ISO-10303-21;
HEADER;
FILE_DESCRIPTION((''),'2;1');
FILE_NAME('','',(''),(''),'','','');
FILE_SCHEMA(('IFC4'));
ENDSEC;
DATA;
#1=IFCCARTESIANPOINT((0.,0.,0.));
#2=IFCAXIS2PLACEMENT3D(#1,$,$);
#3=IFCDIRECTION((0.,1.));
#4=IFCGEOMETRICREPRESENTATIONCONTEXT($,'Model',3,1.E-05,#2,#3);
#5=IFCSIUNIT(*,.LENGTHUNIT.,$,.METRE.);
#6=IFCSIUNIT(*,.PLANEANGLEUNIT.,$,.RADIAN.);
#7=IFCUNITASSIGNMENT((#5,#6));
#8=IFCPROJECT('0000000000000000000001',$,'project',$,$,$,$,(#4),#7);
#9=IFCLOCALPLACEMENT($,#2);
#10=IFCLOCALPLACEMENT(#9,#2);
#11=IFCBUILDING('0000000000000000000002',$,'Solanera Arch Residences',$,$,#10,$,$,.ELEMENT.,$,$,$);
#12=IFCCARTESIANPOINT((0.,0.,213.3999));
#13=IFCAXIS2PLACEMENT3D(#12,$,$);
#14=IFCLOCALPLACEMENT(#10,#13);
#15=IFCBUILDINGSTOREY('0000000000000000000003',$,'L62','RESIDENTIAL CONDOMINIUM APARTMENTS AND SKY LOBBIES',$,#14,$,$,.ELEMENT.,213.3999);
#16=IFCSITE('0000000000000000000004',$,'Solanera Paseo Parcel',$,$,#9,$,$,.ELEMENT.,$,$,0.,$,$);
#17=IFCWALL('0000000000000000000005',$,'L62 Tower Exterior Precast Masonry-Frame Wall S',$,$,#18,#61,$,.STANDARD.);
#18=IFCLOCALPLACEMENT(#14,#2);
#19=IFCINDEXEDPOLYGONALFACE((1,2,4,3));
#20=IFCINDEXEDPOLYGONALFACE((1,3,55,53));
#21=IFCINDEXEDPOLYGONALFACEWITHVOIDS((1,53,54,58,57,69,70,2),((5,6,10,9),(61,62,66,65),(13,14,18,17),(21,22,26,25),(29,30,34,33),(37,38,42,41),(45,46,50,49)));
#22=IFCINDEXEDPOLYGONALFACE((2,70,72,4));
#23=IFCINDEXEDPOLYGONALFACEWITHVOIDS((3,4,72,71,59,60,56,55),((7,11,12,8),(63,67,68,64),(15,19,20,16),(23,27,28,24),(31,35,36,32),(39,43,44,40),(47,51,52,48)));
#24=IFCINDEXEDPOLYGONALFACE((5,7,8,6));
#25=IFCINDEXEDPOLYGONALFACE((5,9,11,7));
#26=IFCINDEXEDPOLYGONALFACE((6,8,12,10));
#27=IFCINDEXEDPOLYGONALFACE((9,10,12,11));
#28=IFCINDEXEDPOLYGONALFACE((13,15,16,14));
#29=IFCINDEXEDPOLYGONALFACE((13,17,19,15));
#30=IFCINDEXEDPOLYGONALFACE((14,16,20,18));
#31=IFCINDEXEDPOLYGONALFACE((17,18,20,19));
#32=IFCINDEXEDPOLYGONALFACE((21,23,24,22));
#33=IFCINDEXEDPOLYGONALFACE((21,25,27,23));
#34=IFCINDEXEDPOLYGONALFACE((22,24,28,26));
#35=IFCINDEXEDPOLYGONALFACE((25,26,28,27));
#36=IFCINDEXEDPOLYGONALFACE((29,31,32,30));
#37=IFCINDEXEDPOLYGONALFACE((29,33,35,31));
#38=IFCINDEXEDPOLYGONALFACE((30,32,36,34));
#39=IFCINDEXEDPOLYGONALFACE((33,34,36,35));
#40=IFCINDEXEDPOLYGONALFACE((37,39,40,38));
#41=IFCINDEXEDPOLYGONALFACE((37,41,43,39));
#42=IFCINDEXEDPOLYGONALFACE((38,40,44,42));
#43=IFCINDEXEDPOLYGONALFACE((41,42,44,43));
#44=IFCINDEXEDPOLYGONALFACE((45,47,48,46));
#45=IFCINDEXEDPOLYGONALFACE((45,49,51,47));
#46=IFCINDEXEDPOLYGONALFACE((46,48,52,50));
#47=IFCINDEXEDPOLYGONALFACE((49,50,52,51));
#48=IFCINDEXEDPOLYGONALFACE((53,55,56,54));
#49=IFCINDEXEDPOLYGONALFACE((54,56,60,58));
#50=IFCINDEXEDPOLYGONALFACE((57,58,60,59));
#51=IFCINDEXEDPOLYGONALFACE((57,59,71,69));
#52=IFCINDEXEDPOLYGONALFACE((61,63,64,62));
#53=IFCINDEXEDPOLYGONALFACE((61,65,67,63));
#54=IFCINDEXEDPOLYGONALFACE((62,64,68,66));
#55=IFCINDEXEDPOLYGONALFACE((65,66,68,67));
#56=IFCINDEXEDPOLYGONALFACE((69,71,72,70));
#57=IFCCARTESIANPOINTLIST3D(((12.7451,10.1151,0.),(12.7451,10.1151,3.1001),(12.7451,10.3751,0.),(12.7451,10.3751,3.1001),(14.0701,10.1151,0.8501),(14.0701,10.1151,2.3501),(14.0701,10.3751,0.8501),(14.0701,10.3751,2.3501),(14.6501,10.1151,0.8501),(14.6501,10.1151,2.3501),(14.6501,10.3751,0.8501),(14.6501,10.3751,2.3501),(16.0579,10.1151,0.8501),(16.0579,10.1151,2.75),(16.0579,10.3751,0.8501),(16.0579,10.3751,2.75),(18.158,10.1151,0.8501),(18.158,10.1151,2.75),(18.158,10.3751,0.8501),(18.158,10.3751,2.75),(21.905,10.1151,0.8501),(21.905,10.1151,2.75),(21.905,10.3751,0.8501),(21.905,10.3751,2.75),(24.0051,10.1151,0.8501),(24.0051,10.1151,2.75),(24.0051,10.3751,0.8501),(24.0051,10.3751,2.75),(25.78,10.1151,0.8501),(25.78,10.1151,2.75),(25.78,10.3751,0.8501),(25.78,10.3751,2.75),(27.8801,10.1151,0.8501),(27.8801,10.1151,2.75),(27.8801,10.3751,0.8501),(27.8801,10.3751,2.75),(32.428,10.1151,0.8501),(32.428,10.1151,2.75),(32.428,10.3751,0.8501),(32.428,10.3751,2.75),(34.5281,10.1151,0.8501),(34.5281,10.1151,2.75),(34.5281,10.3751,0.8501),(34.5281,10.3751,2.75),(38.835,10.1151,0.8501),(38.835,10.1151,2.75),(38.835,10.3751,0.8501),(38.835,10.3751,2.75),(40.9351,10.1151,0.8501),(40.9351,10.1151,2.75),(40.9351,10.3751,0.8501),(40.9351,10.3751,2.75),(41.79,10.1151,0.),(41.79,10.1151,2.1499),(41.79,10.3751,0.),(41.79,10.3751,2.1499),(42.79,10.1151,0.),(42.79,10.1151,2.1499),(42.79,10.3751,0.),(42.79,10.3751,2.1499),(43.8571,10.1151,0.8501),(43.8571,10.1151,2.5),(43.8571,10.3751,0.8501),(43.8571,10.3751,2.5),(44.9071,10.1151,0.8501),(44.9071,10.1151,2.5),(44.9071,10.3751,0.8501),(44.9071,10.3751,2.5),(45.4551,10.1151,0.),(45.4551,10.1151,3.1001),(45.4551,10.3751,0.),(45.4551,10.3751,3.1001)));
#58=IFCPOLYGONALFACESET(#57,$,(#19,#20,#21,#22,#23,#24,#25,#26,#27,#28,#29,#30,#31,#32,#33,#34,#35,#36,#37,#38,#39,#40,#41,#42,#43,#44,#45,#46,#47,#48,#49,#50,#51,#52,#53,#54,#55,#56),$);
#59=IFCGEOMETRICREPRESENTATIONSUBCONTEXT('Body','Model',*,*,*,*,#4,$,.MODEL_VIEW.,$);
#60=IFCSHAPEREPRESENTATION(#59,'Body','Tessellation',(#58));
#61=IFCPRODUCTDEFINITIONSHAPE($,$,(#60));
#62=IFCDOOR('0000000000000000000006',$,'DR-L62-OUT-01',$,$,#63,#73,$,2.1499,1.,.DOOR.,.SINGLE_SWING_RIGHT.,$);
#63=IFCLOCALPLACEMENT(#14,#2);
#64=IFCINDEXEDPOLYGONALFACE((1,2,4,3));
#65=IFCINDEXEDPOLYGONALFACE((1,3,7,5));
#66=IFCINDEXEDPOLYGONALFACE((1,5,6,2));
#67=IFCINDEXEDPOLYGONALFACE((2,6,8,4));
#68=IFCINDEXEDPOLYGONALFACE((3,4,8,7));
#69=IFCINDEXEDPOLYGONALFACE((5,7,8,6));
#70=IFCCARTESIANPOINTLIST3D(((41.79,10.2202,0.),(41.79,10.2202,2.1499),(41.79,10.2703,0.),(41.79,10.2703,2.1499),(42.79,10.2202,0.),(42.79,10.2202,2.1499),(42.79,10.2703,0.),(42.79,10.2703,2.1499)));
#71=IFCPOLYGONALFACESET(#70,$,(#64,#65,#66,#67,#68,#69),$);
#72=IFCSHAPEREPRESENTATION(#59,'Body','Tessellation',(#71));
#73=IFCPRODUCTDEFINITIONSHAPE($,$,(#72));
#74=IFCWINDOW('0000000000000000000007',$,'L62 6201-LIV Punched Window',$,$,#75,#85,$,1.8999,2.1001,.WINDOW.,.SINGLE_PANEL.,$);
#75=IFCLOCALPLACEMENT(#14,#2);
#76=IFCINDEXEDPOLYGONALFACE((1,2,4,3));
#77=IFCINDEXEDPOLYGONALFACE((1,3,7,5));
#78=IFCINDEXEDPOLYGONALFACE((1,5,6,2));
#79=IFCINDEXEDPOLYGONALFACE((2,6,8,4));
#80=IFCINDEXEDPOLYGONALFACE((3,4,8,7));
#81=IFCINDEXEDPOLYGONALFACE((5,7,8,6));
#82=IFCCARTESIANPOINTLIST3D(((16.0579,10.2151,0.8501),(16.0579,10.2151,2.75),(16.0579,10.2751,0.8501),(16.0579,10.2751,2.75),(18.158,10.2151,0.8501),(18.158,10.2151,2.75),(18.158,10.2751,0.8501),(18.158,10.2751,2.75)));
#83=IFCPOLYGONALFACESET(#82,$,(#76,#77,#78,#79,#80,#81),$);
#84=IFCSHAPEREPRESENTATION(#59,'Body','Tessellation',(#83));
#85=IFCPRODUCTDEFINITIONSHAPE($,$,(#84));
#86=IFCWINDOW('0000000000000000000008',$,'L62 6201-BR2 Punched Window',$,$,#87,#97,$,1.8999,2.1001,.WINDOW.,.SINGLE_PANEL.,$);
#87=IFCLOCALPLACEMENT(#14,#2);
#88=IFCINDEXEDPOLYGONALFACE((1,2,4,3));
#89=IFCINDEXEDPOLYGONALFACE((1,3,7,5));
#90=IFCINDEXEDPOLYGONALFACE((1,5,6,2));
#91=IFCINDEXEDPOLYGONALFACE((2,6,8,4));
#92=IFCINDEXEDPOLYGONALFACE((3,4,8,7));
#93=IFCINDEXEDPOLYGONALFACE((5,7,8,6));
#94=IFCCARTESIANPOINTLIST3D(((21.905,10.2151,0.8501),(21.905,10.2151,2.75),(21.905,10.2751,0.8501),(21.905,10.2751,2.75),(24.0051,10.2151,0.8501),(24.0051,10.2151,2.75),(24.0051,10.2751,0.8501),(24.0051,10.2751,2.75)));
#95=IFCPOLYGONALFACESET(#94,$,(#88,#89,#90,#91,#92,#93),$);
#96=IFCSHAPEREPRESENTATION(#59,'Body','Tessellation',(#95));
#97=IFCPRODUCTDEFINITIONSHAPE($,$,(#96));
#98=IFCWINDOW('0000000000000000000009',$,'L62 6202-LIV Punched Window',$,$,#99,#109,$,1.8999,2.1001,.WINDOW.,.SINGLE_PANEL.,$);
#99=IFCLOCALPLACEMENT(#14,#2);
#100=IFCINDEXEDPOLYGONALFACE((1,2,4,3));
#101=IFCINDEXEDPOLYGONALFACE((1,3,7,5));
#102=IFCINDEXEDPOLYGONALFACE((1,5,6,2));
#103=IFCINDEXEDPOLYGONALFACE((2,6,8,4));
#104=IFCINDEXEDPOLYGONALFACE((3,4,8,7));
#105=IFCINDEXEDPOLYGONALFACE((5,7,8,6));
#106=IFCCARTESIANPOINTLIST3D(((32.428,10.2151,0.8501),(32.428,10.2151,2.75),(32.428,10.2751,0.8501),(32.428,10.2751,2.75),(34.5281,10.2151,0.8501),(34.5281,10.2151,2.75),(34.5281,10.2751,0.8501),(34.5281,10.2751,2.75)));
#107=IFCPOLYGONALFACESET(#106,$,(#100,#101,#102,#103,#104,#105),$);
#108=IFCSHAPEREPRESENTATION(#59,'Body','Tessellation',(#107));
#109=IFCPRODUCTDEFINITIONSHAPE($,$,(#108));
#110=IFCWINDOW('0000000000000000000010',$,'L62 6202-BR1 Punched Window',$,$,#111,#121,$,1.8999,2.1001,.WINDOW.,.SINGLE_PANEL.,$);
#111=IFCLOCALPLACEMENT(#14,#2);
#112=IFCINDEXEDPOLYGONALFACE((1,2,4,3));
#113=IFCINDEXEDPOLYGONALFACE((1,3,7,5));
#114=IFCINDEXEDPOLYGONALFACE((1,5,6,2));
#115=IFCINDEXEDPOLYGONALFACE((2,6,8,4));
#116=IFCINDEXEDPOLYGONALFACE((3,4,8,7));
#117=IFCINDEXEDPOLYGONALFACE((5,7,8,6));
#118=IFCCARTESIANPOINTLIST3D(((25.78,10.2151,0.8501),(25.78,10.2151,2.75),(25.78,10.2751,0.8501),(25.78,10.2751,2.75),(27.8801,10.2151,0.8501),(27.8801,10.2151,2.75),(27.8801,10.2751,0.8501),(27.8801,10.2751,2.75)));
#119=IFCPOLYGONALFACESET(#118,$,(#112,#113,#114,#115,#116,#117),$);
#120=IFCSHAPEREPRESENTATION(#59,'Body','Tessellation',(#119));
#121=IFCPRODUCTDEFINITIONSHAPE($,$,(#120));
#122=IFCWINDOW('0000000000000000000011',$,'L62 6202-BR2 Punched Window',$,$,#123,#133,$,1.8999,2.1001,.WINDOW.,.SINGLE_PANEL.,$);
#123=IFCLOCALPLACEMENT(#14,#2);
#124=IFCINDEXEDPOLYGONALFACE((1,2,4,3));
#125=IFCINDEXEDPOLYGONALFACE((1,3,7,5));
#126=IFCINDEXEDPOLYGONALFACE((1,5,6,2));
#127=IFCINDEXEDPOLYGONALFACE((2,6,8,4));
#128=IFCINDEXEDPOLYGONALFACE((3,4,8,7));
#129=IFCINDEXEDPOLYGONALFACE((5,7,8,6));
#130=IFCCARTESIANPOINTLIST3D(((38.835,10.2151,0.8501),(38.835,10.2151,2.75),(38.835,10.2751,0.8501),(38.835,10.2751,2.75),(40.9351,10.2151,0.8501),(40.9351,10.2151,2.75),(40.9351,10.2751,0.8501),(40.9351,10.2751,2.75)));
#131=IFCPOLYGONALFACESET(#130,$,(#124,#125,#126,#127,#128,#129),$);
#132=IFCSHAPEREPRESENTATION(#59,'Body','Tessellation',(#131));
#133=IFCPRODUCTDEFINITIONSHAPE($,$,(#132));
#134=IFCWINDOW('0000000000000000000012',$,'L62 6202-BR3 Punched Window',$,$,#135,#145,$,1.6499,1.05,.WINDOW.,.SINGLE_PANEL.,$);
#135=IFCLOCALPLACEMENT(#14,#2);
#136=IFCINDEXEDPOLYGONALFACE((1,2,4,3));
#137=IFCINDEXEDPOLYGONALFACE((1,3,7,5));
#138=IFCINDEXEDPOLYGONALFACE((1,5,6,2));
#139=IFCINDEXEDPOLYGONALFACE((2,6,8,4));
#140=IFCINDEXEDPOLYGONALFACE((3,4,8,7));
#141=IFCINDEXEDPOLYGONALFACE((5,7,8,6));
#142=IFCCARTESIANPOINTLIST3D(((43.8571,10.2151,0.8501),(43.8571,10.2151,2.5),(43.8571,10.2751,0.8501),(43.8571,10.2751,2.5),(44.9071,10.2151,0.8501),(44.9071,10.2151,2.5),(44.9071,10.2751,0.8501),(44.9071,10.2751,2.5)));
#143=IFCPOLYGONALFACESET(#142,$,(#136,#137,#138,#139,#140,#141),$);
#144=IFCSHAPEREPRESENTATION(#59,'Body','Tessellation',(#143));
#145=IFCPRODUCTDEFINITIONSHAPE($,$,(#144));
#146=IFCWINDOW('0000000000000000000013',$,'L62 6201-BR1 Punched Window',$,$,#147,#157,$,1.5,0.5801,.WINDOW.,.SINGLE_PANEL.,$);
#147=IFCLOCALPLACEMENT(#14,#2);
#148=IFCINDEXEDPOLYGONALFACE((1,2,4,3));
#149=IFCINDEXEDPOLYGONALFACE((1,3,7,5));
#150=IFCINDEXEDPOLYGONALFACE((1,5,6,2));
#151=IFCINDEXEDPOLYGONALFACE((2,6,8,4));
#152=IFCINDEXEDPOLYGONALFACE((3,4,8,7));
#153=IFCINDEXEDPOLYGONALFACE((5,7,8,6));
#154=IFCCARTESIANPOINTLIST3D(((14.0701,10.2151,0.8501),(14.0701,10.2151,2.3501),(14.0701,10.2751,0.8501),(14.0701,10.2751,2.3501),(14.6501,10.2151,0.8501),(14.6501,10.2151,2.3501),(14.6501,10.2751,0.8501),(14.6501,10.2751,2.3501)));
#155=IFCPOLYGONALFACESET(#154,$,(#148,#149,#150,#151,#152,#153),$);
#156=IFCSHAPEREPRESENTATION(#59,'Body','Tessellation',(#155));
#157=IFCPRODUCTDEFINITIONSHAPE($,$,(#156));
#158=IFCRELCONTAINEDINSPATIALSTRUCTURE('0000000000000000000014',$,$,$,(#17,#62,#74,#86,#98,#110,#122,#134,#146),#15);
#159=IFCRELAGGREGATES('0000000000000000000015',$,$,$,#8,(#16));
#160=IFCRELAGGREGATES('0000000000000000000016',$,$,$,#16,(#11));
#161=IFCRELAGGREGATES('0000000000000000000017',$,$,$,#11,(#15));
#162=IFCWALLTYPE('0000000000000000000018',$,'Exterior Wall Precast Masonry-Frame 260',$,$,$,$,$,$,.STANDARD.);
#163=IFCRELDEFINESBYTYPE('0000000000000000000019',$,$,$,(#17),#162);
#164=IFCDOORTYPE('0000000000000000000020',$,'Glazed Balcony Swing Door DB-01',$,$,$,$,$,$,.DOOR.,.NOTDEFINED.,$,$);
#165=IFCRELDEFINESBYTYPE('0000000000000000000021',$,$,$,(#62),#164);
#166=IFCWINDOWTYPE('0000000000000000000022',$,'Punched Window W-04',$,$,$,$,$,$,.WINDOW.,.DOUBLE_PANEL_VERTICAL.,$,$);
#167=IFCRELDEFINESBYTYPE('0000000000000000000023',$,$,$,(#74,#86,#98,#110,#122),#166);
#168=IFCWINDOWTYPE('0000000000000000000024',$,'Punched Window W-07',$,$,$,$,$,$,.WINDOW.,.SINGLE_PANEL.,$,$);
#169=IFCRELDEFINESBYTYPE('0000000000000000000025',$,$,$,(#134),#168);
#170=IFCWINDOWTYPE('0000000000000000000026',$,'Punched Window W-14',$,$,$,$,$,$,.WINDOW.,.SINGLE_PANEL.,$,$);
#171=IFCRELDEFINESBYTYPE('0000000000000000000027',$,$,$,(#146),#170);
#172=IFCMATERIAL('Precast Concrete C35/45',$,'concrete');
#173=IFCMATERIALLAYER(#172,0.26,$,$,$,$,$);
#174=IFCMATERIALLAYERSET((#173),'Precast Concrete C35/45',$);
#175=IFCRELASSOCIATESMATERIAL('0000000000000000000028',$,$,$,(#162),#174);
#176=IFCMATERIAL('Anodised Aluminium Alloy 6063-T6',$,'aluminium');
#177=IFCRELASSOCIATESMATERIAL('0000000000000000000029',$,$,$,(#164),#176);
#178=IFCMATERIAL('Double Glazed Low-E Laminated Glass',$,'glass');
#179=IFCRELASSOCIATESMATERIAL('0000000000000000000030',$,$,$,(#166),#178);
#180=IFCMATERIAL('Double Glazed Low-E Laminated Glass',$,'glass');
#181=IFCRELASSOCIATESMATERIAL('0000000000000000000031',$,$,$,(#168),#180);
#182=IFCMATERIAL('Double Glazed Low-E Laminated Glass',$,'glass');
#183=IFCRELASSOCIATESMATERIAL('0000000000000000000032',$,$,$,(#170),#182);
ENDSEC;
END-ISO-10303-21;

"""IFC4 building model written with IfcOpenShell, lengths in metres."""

from ifc_helpers import new_model, si_unit, direction, frame, frame_2d, origin, place, context, subcontext, project, spatial, rectangle, extrude, material, layer, layer_set, type_object, element, fill, save


model = new_model("IFC4")

# Units and contexts
model_context = context("Model", 3, precision=1e-05, world=origin(), true_north=direction((0.0, 1.0)))
body_context = subcontext(model_context, "Body", "Model", "MODEL_VIEW")
ifc_project = project(units=[si_unit("LENGTHUNIT", "METRE"), si_unit("PLANEANGLEUNIT", "RADIAN")], contexts=[model_context])

# Site, building, storey
site_placement = place(None, origin())
site = spatial("IfcSite", under=ifc_project, at=site_placement, Name="Solanera Paseo Parcel", CompositionType="ELEMENT", RefElevation=0.0)
building_placement = place(site_placement, origin())
building = spatial("IfcBuilding", under=site, at=building_placement, Name="Solanera Arch Residences", CompositionType="ELEMENT")
storey_placement = place(building_placement, frame((0.0, 0.0, 213.3999)))
storey = spatial("IfcBuildingStorey", under=building, at=storey_placement, Name="L62", Description="RESIDENTIAL CONDOMINIUM APARTMENTS AND SKY LOBBIES", CompositionType="ELEMENT", Elevation=213.3999)

# Shared definitions
ifc_material_1 = material(Name="Precast Concrete C35/45", Category="concrete")
ifc_layer_1 = layer(ifc_material_1, 0.26)
ifc_layer_set_1 = layer_set([ifc_layer_1], Name="Precast Concrete C35/45")
wall_type_1 = type_object("IfcWallType", Name="Exterior Wall Precast Masonry-Frame 260", PredefinedType="STANDARD", material=ifc_layer_set_1)

# Wall, openings, door, windows
wall_1_placement = place(storey_placement, frame((45.4551, 10.2451, 0.0), z_axis=(0.0, 0.0, 1.0), x_axis=(-1.0, 0.0, 0.0)))
wall_1 = element("IfcWall", 1, at=wall_1_placement, inside=storey, type_object=wall_type_1, Name="L62 Tower Exterior Precast Masonry-Frame Wall S", PredefinedType="STANDARD", context=body_context, shape_type="SweptSolid", body=[
    extrude(rectangle(XDim=32.71, YDim=0.26, at=frame_2d((16.355, 0.0))), origin(), (0.0, 0.0, 1.0), 3.1001),
])
opening_1_placement = place(wall_1_placement, frame((2.665, 0.0, 0.0)))
opening_1 = element("IfcOpeningElement", 2, at=opening_1_placement, cuts=wall_1, PredefinedType="OPENING", context=body_context, shape_type="SweptSolid", body=[
    extrude(rectangle(XDim=1.0, YDim=2.1499, at=frame_2d((0.5, 1.075))), frame((0.0, 0.1399, 0.0), z_axis=(0.0, -1.0, 0.0), x_axis=(1.0, 0.0, 0.0)), (0.0, 0.0, 1.0), 0.28),
])
opening_2_placement = place(wall_1_placement, frame((27.2971, 0.0, 0.8501)))
opening_2 = element("IfcOpeningElement", 3, at=opening_2_placement, cuts=wall_1, PredefinedType="OPENING", context=body_context, shape_type="SweptSolid", body=[
    extrude(rectangle(XDim=2.1001, YDim=1.8999, at=frame_2d((1.05, 0.95))), frame((0.0, 0.1399, 0.0), z_axis=(0.0, -1.0, 0.0), x_axis=(1.0, 0.0, 0.0)), (0.0, 0.0, 1.0), 0.28),
])
opening_3_placement = place(wall_1_placement, frame((30.8049, 0.0, 0.8501)))
opening_3 = element("IfcOpeningElement", 4, at=opening_3_placement, cuts=wall_1, PredefinedType="OPENING", context=body_context, shape_type="SweptSolid", body=[
    extrude(rectangle(XDim=0.5801, YDim=1.5, at=frame_2d((0.29, 0.75))), frame((0.0, 0.1399, 0.0), z_axis=(0.0, -1.0, 0.0), x_axis=(1.0, 0.0, 0.0)), (0.0, 0.0, 1.0), 0.28),
])
opening_4_placement = place(wall_1_placement, frame((21.45, 0.0, 0.8501)))
opening_4 = element("IfcOpeningElement", 5, at=opening_4_placement, cuts=wall_1, PredefinedType="OPENING", context=body_context, shape_type="SweptSolid", body=[
    extrude(rectangle(XDim=2.1001, YDim=1.8999, at=frame_2d((1.05, 0.95))), frame((0.0, 0.1399, 0.0), z_axis=(0.0, -1.0, 0.0), x_axis=(1.0, 0.0, 0.0)), (0.0, 0.0, 1.0), 0.28),
])
opening_5_placement = place(wall_1_placement, frame((10.927, 0.0, 0.8501)))
opening_5 = element("IfcOpeningElement", 6, at=opening_5_placement, cuts=wall_1, PredefinedType="OPENING", context=body_context, shape_type="SweptSolid", body=[
    extrude(rectangle(XDim=2.1001, YDim=1.8999, at=frame_2d((1.05, 0.95))), frame((0.0, 0.1399, 0.0), z_axis=(0.0, -1.0, 0.0), x_axis=(1.0, 0.0, 0.0)), (0.0, 0.0, 1.0), 0.28),
])
opening_6_placement = place(wall_1_placement, frame((17.575, 0.0, 0.8501)))
opening_6 = element("IfcOpeningElement", 7, at=opening_6_placement, cuts=wall_1, PredefinedType="OPENING", context=body_context, shape_type="SweptSolid", body=[
    extrude(rectangle(XDim=2.1001, YDim=1.8999, at=frame_2d((1.05, 0.95))), frame((0.0, 0.1399, 0.0), z_axis=(0.0, -1.0, 0.0), x_axis=(1.0, 0.0, 0.0)), (0.0, 0.0, 1.0), 0.28),
])
opening_7_placement = place(wall_1_placement, frame((4.52, 0.0, 0.8501)))
opening_7 = element("IfcOpeningElement", 8, at=opening_7_placement, cuts=wall_1, PredefinedType="OPENING", context=body_context, shape_type="SweptSolid", body=[
    extrude(rectangle(XDim=2.1001, YDim=1.8999, at=frame_2d((1.05, 0.95))), frame((0.0, 0.1399, 0.0), z_axis=(0.0, -1.0, 0.0), x_axis=(1.0, 0.0, 0.0)), (0.0, 0.0, 1.0), 0.28),
])
opening_8_placement = place(wall_1_placement, frame((0.5481, 0.0, 0.8501)))
opening_8 = element("IfcOpeningElement", 9, at=opening_8_placement, cuts=wall_1, PredefinedType="OPENING", context=body_context, shape_type="SweptSolid", body=[
    extrude(rectangle(XDim=1.05, YDim=1.6499, at=frame_2d((0.5249, 0.825))), frame((0.0, 0.1399, 0.0), z_axis=(0.0, -1.0, 0.0), x_axis=(1.0, 0.0, 0.0)), (0.0, 0.0, 1.0), 0.28),
])
ifc_material_2 = material(Name="Anodised Aluminium Alloy 6063-T6", Category="aluminium")
door_type_1 = type_object("IfcDoorType", Name="Glazed Balcony Swing Door DB-01", OperationType="NOTDEFINED", PredefinedType="DOOR", material=ifc_material_2)
door_1_placement = place(opening_1_placement, origin())
door_1 = element("IfcDoor", 10, at=door_1_placement, inside=storey, type_object=door_type_1, Name="DR-L62-OUT-01", OperationType="SINGLE_SWING_RIGHT", OverallHeight=2.1499, OverallWidth=1.0, PredefinedType="DOOR", context=body_context, shape_type="SweptSolid", body=[
    extrude(rectangle(XDim=1.0, YDim=2.1499, at=frame_2d((0.5, 1.075))), frame((0.0, 0.0249, 0.0), z_axis=(0.0, -1.0, 0.0), x_axis=(1.0, 0.0, 0.0)), (0.0, 0.0, 1.0), 0.05),
])
fill(opening_1, door_1)
ifc_material_3 = material(Name="Double Glazed Low-E Laminated Glass", Category="glass")
window_type_1 = type_object("IfcWindowType", Name="Punched Window W-04", PartitioningType="DOUBLE_PANEL_VERTICAL", PredefinedType="WINDOW", material=ifc_material_3)
window_1_placement = place(opening_2_placement, origin())
window_1 = element("IfcWindow", 11, at=window_1_placement, inside=storey, type_object=window_type_1, Name="L62 6201-LIV Punched Window", OverallHeight=1.8999, OverallWidth=2.1001, PartitioningType="SINGLE_PANEL", PredefinedType="WINDOW", context=body_context, shape_type="SweptSolid", body=[
    extrude(rectangle(XDim=2.1001, YDim=1.8999, at=frame_2d((1.05, 0.95))), frame((0.0, 0.03, 0.0), z_axis=(0.0, -1.0, 0.0), x_axis=(1.0, 0.0, 0.0)), (0.0, 0.0, 1.0), 0.0601),
])
fill(opening_2, window_1)
window_2_placement = place(opening_4_placement, origin())
window_2 = element("IfcWindow", 12, at=window_2_placement, inside=storey, type_object=window_type_1, Name="L62 6201-BR2 Punched Window", OverallHeight=1.8999, OverallWidth=2.1001, PartitioningType="SINGLE_PANEL", PredefinedType="WINDOW", context=body_context, shape_type="SweptSolid", body=[
    extrude(rectangle(XDim=2.1001, YDim=1.8999, at=frame_2d((1.05, 0.95))), frame((0.0, 0.03, 0.0), z_axis=(0.0, -1.0, 0.0), x_axis=(1.0, 0.0, 0.0)), (0.0, 0.0, 1.0), 0.0601),
])
fill(opening_4, window_2)
window_3_placement = place(opening_5_placement, origin())
window_3 = element("IfcWindow", 13, at=window_3_placement, inside=storey, type_object=window_type_1, Name="L62 6202-LIV Punched Window", OverallHeight=1.8999, OverallWidth=2.1001, PartitioningType="SINGLE_PANEL", PredefinedType="WINDOW", context=body_context, shape_type="SweptSolid", body=[
    extrude(rectangle(XDim=2.1001, YDim=1.8999, at=frame_2d((1.05, 0.95))), frame((0.0, 0.03, 0.0), z_axis=(0.0, -1.0, 0.0), x_axis=(1.0, 0.0, 0.0)), (0.0, 0.0, 1.0), 0.0601),
])
fill(opening_5, window_3)
window_4_placement = place(opening_6_placement, origin())
window_4 = element("IfcWindow", 14, at=window_4_placement, inside=storey, type_object=window_type_1, Name="L62 6202-BR1 Punched Window", OverallHeight=1.8999, OverallWidth=2.1001, PartitioningType="SINGLE_PANEL", PredefinedType="WINDOW", context=body_context, shape_type="SweptSolid", body=[
    extrude(rectangle(XDim=2.1001, YDim=1.8999, at=frame_2d((1.05, 0.95))), frame((0.0, 0.03, 0.0), z_axis=(0.0, -1.0, 0.0), x_axis=(1.0, 0.0, 0.0)), (0.0, 0.0, 1.0), 0.0601),
])
fill(opening_6, window_4)
window_5_placement = place(opening_7_placement, origin())
window_5 = element("IfcWindow", 15, at=window_5_placement, inside=storey, type_object=window_type_1, Name="L62 6202-BR2 Punched Window", OverallHeight=1.8999, OverallWidth=2.1001, PartitioningType="SINGLE_PANEL", PredefinedType="WINDOW", context=body_context, shape_type="SweptSolid", body=[
    extrude(rectangle(XDim=2.1001, YDim=1.8999, at=frame_2d((1.05, 0.95))), frame((0.0, 0.03, 0.0), z_axis=(0.0, -1.0, 0.0), x_axis=(1.0, 0.0, 0.0)), (0.0, 0.0, 1.0), 0.0601),
])
fill(opening_7, window_5)
ifc_material_4 = material(Name="Double Glazed Low-E Laminated Glass", Category="glass")
window_type_2 = type_object("IfcWindowType", Name="Punched Window W-07", PartitioningType="SINGLE_PANEL", PredefinedType="WINDOW", material=ifc_material_4)
window_6_placement = place(opening_8_placement, origin())
window_6 = element("IfcWindow", 16, at=window_6_placement, inside=storey, type_object=window_type_2, Name="L62 6202-BR3 Punched Window", OverallHeight=1.6499, OverallWidth=1.05, PartitioningType="SINGLE_PANEL", PredefinedType="WINDOW", context=body_context, shape_type="SweptSolid", body=[
    extrude(rectangle(XDim=1.05, YDim=1.6499, at=frame_2d((0.5249, 0.825))), frame((0.0, 0.03, 0.0), z_axis=(0.0, -1.0, 0.0), x_axis=(1.0, 0.0, 0.0)), (0.0, 0.0, 1.0), 0.0601),
])
fill(opening_8, window_6)
ifc_material_5 = material(Name="Double Glazed Low-E Laminated Glass", Category="glass")
window_type_3 = type_object("IfcWindowType", Name="Punched Window W-14", PartitioningType="SINGLE_PANEL", PredefinedType="WINDOW", material=ifc_material_5)
window_7_placement = place(opening_3_placement, origin())
window_7 = element("IfcWindow", 17, at=window_7_placement, inside=storey, type_object=window_type_3, Name="L62 6201-BR1 Punched Window", OverallHeight=1.5, OverallWidth=0.5801, PartitioningType="SINGLE_PANEL", PredefinedType="WINDOW", context=body_context, shape_type="SweptSolid", body=[
    extrude(rectangle(XDim=0.5801, YDim=1.5, at=frame_2d((0.29, 0.75))), frame((0.0, 0.03, 0.0), z_axis=(0.0, -1.0, 0.0), x_axis=(1.0, 0.0, 0.0)), (0.0, 0.0, 1.0), 0.0601),
])
fill(opening_3, window_7)

save(model, "model.ifc")
